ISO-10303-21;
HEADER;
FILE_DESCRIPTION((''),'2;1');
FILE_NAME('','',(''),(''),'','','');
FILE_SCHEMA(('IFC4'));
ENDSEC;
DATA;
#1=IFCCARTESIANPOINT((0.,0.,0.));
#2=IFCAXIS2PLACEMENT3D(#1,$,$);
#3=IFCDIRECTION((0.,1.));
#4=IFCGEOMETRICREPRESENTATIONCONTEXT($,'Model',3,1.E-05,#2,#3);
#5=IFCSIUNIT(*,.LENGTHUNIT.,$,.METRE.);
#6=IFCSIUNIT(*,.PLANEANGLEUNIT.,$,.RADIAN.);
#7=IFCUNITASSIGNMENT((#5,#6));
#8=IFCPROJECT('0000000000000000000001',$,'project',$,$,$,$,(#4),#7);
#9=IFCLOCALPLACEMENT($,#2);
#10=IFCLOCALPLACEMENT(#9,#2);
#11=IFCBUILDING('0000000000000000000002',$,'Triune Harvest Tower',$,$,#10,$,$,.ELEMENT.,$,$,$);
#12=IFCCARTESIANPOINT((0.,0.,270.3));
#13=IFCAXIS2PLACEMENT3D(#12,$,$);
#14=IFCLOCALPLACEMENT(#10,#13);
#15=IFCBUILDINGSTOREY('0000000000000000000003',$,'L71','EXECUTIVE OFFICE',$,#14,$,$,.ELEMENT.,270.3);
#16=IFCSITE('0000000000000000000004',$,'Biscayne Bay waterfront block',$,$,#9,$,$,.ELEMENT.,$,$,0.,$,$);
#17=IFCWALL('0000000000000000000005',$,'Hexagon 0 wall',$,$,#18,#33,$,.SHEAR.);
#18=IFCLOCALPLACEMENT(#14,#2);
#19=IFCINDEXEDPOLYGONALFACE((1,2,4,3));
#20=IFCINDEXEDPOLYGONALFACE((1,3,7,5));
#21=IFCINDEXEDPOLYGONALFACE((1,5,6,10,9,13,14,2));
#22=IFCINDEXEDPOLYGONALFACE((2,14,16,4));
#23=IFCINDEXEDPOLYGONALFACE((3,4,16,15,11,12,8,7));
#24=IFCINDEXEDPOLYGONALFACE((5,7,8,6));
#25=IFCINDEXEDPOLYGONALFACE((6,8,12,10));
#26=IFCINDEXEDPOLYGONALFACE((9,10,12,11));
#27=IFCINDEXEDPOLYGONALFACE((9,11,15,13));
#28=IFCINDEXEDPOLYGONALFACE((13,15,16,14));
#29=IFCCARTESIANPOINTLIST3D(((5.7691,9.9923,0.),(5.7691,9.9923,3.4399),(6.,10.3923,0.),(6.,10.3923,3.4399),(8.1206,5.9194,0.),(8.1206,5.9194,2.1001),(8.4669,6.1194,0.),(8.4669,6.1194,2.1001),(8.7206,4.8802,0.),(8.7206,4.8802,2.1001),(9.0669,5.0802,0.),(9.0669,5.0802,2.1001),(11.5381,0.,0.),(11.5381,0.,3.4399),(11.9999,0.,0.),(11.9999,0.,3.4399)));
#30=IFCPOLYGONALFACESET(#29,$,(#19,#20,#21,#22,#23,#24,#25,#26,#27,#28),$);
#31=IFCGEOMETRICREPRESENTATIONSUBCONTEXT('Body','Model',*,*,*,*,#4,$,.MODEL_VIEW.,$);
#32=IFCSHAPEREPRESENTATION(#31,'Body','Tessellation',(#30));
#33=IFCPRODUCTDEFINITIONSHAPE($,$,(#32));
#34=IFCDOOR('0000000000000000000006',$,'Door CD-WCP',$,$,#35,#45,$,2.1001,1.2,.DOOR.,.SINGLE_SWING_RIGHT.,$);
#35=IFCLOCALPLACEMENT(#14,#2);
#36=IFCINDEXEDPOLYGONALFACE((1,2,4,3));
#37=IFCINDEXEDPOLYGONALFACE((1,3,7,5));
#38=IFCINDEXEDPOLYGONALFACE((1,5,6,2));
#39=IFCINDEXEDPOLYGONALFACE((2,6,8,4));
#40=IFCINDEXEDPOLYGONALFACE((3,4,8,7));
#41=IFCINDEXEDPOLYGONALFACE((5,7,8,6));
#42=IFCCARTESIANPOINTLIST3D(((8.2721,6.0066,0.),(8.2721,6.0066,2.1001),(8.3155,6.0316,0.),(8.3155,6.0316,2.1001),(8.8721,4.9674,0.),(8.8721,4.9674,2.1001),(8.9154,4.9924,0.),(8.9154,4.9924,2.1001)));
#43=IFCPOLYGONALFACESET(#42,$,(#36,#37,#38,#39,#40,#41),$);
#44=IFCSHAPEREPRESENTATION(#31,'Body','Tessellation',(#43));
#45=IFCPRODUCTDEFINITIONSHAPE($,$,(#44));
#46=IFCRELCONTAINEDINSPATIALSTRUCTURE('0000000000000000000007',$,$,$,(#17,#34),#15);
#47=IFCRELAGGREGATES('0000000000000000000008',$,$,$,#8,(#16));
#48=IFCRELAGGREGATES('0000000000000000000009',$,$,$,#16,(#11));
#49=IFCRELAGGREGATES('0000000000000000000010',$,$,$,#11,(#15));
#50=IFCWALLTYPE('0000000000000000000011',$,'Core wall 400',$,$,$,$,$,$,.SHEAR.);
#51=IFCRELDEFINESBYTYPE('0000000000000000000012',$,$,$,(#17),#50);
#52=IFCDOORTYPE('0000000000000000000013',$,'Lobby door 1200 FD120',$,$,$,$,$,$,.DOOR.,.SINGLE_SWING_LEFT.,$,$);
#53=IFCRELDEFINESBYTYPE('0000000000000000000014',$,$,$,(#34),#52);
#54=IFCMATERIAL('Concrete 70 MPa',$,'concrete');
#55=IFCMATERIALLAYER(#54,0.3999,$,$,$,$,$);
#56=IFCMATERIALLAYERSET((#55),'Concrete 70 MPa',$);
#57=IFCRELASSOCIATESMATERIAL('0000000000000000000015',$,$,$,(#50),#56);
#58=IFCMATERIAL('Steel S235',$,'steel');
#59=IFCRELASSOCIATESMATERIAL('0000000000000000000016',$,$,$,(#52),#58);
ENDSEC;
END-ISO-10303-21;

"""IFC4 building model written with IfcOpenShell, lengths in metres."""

from ifc_helpers import new_model, si_unit, direction, frame, frame_2d, origin, place, context, subcontext, project, spatial, polyline, rectangle, outline, extrude, source, transform, mapped, material, layer, layer_set, type_object, element, fill, save


model = new_model("IFC4")

# Units and contexts
model_context = context("Model", 3, precision=1e-05, world=origin(), true_north=direction((0.0, 1.0)))
body_context = subcontext(model_context, "Body", "Model", "MODEL_VIEW")
ifc_project = project(units=[si_unit("LENGTHUNIT", "METRE"), si_unit("PLANEANGLEUNIT", "RADIAN")], contexts=[model_context])

# Site, building, storey
site_placement = place(None, origin())
site = spatial("IfcSite", under=ifc_project, at=site_placement, Name="Biscayne Bay waterfront block", CompositionType="ELEMENT", RefElevation=0.0)
building_placement = place(site_placement, origin())
building = spatial("IfcBuilding", under=site, at=building_placement, Name="Triune Harvest Tower", CompositionType="ELEMENT")
storey_placement = place(building_placement, frame((0.0, 0.0, 270.3)))
storey = spatial("IfcBuildingStorey", under=building, at=storey_placement, Name="L71", Description="EXECUTIVE OFFICE", CompositionType="ELEMENT", Elevation=270.3)

# Wall, opening, door
ifc_material_1 = material(Name="Concrete 70 MPa", Category="concrete")
ifc_layer_1 = layer(ifc_material_1, 0.3999)
ifc_layer_set_1 = layer_set([ifc_layer_1], Name="Concrete 70 MPa")
wall_type = type_object("IfcWallType", Name="Core wall 400", PredefinedType="SHEAR", material=ifc_layer_set_1)
shared_shape_1 = source(origin(), body_context, "Body", "SweptSolid", [
    extrude(outline(polyline([(-0.1155, -0.2), (11.8845, -0.2), (11.6536, 0.2), (0.1155, 0.2), (-0.1155, -0.2)])), origin(), (0.0, 0.0, 1.0), 3.4399),
])
wall_placement = place(storey_placement, frame((11.769, 0.0, 0.0), z_axis=(0.0, 0.0, 1.0), x_axis=(-0.499997, 0.866027, 0.0)))
wall = element("IfcWall", 1, at=wall_placement, inside=storey, type_object=wall_type, Name="Hexagon 0 wall", PredefinedType="SHEAR", context=body_context, shape_type="MappedRepresentation", body=[
    mapped(shared_shape_1, transform((0.0, 0.0, 0.0), scale=1.0)),
])
opening_placement = place(wall_placement, frame((5.7505, 0.0, 0.0)))
opening = element("IfcOpeningElement", 2, at=opening_placement, cuts=wall, PredefinedType="OPENING", context=body_context, shape_type="SweptSolid", body=[
    extrude(rectangle(XDim=1.2, YDim=2.1001, at=frame_2d((0.6001, 1.05))), frame((0.0, 0.21, 0.0), z_axis=(0.0, -1.0, 0.0), x_axis=(1.0, 0.0, 0.0)), (0.0, 0.0, 1.0), 0.4199),
])
ifc_material_2 = material(Name="Steel S235", Category="steel")
door_type = type_object("IfcDoorType", Name="Lobby door 1200 FD120", OperationType="SINGLE_SWING_LEFT", PredefinedType="DOOR", material=ifc_material_2)
door_placement = place(opening_placement, frame((1.2, 0.0, 0.0), z_axis=(0.0, 0.0, 1.0), x_axis=(-1.0, 0.0, 0.0)))
door = element("IfcDoor", 3, at=door_placement, inside=storey, type_object=door_type, Name="Door CD-WCP", OperationType="SINGLE_SWING_RIGHT", OverallHeight=2.1001, OverallWidth=1.2, PredefinedType="DOOR", context=body_context, shape_type="SweptSolid", body=[
    extrude(rectangle(XDim=1.2, YDim=2.1001, at=frame_2d((0.6001, 1.05))), frame((0.0, 0.0249, 0.0), z_axis=(0.0, -1.0, 0.0), x_axis=(1.0, 0.0, 0.0)), (0.0, 0.0, 1.0), 0.05),
])
fill(opening, door)

save(model, "model.ifc")
